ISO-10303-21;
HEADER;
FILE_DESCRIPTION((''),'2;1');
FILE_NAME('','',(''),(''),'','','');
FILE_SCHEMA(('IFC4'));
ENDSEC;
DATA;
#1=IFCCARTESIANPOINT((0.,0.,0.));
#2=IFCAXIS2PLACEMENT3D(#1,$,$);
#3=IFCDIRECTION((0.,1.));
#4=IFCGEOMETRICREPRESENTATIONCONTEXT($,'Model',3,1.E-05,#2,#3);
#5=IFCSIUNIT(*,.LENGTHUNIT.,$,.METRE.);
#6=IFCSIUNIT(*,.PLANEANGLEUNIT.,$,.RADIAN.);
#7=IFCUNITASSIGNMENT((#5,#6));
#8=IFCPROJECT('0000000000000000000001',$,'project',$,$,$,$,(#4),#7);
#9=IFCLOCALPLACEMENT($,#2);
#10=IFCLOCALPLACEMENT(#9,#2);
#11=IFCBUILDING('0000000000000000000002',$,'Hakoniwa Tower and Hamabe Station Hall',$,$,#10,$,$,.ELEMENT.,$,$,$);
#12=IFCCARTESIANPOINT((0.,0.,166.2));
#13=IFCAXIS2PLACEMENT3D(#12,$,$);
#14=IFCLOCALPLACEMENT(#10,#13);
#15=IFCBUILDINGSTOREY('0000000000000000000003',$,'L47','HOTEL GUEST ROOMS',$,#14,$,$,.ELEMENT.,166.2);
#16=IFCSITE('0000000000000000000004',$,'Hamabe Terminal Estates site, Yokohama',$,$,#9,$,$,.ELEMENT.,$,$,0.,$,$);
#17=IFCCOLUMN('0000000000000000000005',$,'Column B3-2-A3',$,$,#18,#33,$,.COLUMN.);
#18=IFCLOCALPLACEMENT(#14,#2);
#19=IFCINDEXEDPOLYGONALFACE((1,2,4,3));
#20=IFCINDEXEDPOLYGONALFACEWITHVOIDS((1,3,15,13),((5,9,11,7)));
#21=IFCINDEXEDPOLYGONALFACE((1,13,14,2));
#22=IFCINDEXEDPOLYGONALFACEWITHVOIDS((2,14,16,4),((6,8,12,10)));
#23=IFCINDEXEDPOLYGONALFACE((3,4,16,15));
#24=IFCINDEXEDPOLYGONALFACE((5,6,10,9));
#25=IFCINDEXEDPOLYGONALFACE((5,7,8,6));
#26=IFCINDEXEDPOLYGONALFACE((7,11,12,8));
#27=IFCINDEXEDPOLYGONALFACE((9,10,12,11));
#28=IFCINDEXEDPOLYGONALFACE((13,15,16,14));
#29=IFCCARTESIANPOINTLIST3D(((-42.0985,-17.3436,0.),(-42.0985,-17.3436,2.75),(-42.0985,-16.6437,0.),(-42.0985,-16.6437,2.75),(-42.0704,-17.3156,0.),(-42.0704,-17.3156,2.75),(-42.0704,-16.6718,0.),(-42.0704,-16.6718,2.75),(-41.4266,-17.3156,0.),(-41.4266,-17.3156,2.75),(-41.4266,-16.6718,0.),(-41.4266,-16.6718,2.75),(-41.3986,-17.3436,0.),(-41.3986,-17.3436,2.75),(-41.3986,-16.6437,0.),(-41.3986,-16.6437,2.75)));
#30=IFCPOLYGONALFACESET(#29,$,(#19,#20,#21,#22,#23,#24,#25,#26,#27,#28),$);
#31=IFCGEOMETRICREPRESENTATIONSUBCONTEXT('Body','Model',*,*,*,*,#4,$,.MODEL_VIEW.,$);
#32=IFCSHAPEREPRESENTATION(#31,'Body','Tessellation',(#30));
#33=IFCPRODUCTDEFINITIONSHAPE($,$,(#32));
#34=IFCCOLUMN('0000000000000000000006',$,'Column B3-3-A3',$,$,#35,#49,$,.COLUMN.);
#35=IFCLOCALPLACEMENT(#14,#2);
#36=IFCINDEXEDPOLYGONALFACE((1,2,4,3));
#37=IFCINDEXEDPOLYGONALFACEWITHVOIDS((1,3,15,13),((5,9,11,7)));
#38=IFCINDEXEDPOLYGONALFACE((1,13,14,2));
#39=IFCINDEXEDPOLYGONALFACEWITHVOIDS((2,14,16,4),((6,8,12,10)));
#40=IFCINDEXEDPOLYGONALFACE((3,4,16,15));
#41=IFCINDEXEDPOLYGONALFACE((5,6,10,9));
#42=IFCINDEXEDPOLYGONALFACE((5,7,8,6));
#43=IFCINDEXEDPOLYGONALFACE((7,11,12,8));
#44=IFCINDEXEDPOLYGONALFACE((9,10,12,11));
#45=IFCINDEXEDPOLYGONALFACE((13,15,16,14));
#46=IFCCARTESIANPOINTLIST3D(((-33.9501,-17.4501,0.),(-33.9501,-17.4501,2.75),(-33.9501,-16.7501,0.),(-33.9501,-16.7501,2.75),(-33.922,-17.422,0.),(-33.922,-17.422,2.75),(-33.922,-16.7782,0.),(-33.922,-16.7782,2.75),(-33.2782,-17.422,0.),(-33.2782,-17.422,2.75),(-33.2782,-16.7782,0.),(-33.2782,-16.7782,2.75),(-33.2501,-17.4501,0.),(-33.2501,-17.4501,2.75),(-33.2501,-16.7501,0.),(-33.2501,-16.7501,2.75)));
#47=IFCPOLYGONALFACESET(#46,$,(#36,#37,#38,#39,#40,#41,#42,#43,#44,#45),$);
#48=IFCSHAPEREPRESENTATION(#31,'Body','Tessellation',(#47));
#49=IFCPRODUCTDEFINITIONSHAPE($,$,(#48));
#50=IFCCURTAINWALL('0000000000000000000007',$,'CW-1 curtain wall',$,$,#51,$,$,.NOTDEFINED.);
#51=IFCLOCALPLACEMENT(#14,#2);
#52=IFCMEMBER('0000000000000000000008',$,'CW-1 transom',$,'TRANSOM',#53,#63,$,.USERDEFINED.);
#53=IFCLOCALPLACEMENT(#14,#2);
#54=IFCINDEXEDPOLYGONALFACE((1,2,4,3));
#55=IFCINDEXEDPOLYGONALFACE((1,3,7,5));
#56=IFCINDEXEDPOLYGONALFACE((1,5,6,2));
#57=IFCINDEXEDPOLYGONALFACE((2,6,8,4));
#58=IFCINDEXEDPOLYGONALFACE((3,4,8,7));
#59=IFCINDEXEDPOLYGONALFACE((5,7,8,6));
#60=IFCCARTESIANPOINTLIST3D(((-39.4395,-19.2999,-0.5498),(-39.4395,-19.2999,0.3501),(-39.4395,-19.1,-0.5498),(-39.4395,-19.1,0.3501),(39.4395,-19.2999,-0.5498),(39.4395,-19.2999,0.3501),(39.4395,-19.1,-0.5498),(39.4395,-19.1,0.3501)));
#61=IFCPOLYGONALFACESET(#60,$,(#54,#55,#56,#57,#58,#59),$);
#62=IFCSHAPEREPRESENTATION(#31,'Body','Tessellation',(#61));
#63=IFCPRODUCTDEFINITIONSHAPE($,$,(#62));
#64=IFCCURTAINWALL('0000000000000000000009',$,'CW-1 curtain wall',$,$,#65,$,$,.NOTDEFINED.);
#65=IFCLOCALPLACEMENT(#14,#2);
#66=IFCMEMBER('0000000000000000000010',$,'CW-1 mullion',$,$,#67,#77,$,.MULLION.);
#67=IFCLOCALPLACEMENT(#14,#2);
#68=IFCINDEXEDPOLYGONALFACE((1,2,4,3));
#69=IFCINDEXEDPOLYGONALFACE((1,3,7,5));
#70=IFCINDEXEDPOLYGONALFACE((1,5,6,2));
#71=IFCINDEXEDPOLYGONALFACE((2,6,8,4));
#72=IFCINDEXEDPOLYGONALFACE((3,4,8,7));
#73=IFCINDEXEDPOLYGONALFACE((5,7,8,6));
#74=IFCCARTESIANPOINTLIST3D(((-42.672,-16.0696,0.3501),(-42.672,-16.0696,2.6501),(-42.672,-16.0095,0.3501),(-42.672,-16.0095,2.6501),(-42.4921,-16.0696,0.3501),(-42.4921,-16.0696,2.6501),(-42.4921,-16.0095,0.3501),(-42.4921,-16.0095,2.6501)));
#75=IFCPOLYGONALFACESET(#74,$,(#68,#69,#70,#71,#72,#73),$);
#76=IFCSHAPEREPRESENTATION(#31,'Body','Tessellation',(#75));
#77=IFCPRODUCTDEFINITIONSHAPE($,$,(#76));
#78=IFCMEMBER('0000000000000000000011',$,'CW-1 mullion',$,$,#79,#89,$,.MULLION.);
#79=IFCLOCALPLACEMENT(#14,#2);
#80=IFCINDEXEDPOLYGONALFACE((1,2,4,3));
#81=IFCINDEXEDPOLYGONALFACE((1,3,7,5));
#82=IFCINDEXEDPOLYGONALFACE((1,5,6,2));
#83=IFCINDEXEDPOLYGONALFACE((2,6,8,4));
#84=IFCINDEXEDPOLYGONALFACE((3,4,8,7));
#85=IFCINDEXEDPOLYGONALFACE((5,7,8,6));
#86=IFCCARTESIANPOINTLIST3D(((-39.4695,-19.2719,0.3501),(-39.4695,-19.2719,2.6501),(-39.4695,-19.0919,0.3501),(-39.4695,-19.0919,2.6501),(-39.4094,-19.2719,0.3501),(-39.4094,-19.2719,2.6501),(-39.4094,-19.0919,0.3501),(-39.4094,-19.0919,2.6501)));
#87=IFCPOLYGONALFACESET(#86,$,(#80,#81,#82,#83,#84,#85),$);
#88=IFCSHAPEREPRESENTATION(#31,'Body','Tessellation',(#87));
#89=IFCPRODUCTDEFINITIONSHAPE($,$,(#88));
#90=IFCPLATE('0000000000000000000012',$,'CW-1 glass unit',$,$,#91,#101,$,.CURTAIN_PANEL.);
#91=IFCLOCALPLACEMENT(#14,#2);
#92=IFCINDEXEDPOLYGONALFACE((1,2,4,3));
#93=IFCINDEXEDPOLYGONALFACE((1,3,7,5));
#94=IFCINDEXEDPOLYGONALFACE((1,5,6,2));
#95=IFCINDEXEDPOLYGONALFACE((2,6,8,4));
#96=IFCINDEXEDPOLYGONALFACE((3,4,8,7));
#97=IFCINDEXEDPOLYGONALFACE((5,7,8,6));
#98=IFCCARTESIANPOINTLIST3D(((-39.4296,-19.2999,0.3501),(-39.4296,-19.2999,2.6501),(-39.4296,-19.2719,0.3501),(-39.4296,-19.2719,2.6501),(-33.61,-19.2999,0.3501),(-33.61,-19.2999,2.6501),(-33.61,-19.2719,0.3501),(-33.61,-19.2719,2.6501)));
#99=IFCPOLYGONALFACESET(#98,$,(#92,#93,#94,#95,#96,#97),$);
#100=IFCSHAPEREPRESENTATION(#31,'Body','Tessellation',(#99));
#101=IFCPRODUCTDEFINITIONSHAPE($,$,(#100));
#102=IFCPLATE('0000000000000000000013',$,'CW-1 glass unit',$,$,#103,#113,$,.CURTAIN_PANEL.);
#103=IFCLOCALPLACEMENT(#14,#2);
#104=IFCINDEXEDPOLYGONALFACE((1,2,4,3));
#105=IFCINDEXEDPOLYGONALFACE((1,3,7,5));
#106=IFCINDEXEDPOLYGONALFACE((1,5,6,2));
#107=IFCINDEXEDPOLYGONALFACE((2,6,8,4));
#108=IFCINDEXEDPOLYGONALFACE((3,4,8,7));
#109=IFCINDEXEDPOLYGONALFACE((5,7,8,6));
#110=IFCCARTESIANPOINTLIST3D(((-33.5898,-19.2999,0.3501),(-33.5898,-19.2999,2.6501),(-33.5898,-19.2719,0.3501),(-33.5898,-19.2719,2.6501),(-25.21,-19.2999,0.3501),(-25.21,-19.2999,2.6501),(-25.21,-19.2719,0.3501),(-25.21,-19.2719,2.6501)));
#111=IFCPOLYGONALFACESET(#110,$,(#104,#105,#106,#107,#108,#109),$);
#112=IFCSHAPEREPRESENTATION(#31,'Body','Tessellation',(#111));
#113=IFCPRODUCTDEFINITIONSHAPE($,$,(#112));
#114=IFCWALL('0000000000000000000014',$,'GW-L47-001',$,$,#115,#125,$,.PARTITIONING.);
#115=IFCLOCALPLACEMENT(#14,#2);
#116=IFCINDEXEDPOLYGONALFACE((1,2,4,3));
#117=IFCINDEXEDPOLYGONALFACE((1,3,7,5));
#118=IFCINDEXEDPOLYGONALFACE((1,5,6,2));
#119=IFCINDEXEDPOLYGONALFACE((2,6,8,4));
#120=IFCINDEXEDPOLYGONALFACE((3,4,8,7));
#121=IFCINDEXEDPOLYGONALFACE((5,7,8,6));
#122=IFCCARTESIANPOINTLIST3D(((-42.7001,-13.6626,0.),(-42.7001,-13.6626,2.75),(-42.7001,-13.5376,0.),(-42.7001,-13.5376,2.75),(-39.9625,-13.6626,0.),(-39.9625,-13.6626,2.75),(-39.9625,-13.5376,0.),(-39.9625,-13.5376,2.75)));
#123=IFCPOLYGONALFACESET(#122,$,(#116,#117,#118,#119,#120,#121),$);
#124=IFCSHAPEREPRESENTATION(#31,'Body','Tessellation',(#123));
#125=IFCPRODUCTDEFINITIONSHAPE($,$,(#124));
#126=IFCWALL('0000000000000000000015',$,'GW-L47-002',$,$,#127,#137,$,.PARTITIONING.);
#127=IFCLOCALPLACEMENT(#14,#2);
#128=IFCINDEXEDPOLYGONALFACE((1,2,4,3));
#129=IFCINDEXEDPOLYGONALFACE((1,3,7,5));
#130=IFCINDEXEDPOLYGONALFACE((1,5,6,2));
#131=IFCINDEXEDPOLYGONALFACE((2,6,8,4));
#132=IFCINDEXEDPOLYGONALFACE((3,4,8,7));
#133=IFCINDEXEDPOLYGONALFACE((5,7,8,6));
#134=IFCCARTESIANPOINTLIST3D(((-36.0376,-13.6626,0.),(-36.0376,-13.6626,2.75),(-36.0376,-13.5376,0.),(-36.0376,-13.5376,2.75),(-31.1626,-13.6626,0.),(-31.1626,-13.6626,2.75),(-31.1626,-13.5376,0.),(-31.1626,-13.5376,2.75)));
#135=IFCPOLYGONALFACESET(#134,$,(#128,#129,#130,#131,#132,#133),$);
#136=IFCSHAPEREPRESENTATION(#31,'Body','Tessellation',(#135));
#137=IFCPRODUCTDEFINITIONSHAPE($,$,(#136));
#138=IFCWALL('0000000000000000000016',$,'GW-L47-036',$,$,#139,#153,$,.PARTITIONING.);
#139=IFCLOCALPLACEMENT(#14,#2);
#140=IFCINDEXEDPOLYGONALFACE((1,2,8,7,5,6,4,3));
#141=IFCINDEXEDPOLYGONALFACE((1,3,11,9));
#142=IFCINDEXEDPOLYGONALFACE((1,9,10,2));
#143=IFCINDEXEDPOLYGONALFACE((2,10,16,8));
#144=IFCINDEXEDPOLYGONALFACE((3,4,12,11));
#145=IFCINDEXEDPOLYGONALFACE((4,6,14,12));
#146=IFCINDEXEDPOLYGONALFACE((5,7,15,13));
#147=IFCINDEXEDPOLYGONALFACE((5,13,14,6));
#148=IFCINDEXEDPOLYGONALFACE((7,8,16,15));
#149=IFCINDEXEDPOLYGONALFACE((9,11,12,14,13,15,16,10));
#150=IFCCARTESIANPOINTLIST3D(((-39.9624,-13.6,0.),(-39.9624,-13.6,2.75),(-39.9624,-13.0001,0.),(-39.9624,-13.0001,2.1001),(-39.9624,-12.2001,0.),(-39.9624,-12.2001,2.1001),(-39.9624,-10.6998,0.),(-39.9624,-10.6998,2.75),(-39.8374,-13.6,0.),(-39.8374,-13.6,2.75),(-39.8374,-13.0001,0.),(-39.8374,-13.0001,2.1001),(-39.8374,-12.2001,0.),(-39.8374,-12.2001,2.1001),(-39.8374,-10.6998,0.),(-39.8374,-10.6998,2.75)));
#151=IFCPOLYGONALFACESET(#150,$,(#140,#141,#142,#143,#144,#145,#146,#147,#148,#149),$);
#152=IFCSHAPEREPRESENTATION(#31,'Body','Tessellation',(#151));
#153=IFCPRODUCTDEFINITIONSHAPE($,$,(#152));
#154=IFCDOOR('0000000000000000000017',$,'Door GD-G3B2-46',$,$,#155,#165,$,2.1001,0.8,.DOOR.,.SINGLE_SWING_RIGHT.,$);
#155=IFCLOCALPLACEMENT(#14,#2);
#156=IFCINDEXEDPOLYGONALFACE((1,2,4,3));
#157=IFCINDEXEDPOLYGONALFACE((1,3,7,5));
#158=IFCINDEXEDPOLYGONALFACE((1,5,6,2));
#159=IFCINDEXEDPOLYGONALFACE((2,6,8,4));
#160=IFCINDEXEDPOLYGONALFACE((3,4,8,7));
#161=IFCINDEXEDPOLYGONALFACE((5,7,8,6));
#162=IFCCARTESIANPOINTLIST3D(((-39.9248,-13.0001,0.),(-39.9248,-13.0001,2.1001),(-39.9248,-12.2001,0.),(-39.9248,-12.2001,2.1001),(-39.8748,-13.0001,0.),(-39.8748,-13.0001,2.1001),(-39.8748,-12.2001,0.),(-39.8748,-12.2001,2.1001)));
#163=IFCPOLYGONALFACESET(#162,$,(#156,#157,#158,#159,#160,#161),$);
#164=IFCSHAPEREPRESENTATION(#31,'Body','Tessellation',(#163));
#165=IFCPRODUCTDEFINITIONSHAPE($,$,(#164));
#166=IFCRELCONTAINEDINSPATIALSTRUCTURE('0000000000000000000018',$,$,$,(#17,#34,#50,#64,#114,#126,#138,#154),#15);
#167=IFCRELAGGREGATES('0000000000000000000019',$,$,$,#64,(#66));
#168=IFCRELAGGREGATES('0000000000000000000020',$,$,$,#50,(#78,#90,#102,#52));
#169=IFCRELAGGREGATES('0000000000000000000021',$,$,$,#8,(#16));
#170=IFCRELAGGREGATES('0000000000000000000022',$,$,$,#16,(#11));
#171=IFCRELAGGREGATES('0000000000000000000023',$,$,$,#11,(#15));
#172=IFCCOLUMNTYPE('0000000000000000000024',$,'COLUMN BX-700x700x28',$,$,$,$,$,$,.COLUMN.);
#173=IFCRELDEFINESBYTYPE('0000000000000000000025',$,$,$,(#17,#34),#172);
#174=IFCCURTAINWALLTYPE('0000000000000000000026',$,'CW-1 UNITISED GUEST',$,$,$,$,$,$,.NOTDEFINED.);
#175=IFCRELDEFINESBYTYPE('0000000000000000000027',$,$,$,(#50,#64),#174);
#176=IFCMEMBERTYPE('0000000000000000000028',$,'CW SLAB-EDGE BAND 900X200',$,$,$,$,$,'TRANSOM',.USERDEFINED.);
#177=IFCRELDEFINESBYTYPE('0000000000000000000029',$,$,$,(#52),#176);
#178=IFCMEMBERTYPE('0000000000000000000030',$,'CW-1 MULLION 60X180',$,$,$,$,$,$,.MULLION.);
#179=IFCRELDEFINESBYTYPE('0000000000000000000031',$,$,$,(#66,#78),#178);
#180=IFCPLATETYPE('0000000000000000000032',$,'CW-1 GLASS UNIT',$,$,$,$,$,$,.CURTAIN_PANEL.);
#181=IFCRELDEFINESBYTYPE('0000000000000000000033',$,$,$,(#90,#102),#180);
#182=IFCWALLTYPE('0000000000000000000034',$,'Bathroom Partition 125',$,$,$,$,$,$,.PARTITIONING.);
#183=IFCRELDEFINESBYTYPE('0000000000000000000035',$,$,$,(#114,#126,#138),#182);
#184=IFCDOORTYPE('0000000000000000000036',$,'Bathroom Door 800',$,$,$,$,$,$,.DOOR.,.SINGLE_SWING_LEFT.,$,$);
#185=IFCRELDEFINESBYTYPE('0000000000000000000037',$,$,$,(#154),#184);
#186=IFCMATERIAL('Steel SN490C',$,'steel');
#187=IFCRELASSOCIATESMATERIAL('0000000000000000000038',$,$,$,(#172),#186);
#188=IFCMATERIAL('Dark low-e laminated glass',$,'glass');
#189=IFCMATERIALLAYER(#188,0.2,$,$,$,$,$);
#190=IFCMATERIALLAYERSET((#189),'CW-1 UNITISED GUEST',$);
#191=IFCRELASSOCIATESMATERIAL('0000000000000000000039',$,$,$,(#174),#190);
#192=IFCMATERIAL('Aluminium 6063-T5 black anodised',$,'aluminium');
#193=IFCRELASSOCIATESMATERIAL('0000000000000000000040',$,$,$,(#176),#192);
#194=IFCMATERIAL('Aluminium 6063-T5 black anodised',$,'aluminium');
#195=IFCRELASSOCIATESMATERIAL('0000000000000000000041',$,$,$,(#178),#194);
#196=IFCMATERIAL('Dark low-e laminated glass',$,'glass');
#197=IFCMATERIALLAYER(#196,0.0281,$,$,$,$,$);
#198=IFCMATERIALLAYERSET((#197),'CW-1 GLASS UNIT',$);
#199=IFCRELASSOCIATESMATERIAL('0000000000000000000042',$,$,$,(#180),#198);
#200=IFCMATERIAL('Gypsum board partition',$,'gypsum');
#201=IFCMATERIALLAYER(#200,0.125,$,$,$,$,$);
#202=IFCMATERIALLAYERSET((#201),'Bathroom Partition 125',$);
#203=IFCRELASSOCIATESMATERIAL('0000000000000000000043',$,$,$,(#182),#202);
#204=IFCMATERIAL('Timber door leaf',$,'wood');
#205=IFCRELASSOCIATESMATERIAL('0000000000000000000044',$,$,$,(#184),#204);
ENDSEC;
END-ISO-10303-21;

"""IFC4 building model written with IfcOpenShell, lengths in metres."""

from ifc_helpers import new_model, si_unit, direction, frame, frame_2d, origin, origin_2d, place, context, subcontext, project, spatial, rectangle, hollow_rectangle, extrude, material, layer, layer_set, material_profile, profile_set, type_object, element, fill, aggregate, save


model = new_model("IFC4")

# Units and contexts
model_context = context("Model", 3, precision=1e-05, world=origin(), true_north=direction((0.0, 1.0)))
body_context = subcontext(model_context, "Body", "Model", "MODEL_VIEW")
ifc_project = project(units=[si_unit("LENGTHUNIT", "METRE"), si_unit("PLANEANGLEUNIT", "RADIAN")], contexts=[model_context])

# Site, building, storey
site_placement = place(None, origin())
site = spatial("IfcSite", under=ifc_project, at=site_placement, Name="Hamabe Terminal Estates site, Yokohama", CompositionType="ELEMENT", RefElevation=0.0)
building_placement = place(site_placement, origin())
building = spatial("IfcBuilding", under=site, at=building_placement, Name="Hakoniwa Tower and Hamabe Station Hall", CompositionType="ELEMENT")
storey_placement = place(building_placement, frame((0.0, 0.0, 166.2)))
storey = spatial("IfcBuildingStorey", under=building, at=storey_placement, Name="L47", Description="HOTEL GUEST ROOMS", CompositionType="ELEMENT", Elevation=166.2)

# Columns
ifc_material_1 = material(Name="Steel SN490C", Category="steel")
ifc_material_profile_1 = material_profile(ifc_material_1, hollow_rectangle(XDim=0.7, YDim=0.7, WallThickness=0.0281, at=origin_2d()), Name="BX-700x700x28")
ifc_profile_set_1 = profile_set([ifc_material_profile_1], Name="Steel SN490C")
column_type = type_object("IfcColumnType", Name="COLUMN BX-700x700x28", PredefinedType="COLUMN", material=ifc_profile_set_1)
for number, where, z_axis, x_axis, name in (
    (1, (-41.7485, -16.9937, 0.0), (0.0, 0.0, 1.0), (1.0, 0.0, 0.0), "Column B3-2-A3"),
    (2, (-33.6001, -17.1001, 0.0), (0.0, 0.0, 1.0), (1.0, 0.0, 0.0), "Column B3-3-A3"),
):
    element("IfcColumn", number, at=place(storey_placement, frame(where, z_axis=z_axis, x_axis=x_axis)), inside=storey, type_object=column_type, Name=name, PredefinedType="COLUMN", context=body_context, shape_type="SweptSolid", body=[
        extrude(hollow_rectangle(XDim=0.7, YDim=0.7, WallThickness=0.0281, at=origin_2d()), origin(), (0.0, 0.0, 1.0), 2.75),
    ])

# Curtain walls, members
ifc_material_2 = material(Name="Dark low-e laminated glass", Category="glass")
ifc_layer_1 = layer(ifc_material_2, 0.2)
ifc_layer_set_1 = layer_set([ifc_layer_1], Name="CW-1 UNITISED GUEST")
curtain_wall_type = type_object("IfcCurtainWallType", Name="CW-1 UNITISED GUEST", PredefinedType="NOTDEFINED", material=ifc_layer_set_1)
curtain_wall_1_placement = place(storey_placement, origin())
curtain_wall_1 = element("IfcCurtainWall", 3, at=curtain_wall_1_placement, inside=storey, type_object=curtain_wall_type, Name="CW-1 curtain wall", PredefinedType="NOTDEFINED")
ifc_material_3 = material(Name="Aluminium 6063-T5 black anodised", Category="aluminium")
ifc_material_profile_2 = material_profile(ifc_material_3, rectangle(XDim=0.2, YDim=0.8999, at=origin_2d()), Name="CW SLAB-EDGE BAND 900X200")
ifc_profile_set_2 = profile_set([ifc_material_profile_2], Name="Aluminium 6063-T5 black anodised")
member_type_1 = type_object("IfcMemberType", Name="CW SLAB-EDGE BAND 900X200", ElementType="TRANSOM", PredefinedType="USERDEFINED", material=ifc_profile_set_2)
member_1_placement = place(storey_placement, frame((-39.4395, -19.2, -0.0999), z_axis=(1.0, 0.0, 0.0), x_axis=(0.0, 1.0, 0.0)))
member_1 = element("IfcMember", 4, at=member_1_placement, type_object=member_type_1, Name="CW-1 transom", ObjectType="TRANSOM", PredefinedType="USERDEFINED", context=body_context, shape_type="SweptSolid", body=[
    extrude(rectangle(XDim=0.2, YDim=0.8999, at=origin_2d()), origin(), (0.0, 0.0, 1.0), 78.8789),
])
curtain_wall_2_placement = place(storey_placement, origin())
curtain_wall_2 = element("IfcCurtainWall", 5, at=curtain_wall_2_placement, inside=storey, type_object=curtain_wall_type, Name="CW-1 curtain wall", PredefinedType="NOTDEFINED")
ifc_material_4 = material(Name="Aluminium 6063-T5 black anodised", Category="aluminium")
ifc_material_profile_3 = material_profile(ifc_material_4, rectangle(XDim=0.0601, YDim=0.1799, at=origin_2d()), Name="CW-1 MULLION 60X180")
ifc_profile_set_3 = profile_set([ifc_material_profile_3], Name="Aluminium 6063-T5 black anodised")
member_type_2 = type_object("IfcMemberType", Name="CW-1 MULLION 60X180", PredefinedType="MULLION", material=ifc_profile_set_3)
member_2_placement = place(storey_placement, frame((-42.582, -16.0396, 0.3501), z_axis=(0.0, 0.0, 1.0), x_axis=(0.0, -1.0, 0.0)))
member_2 = element("IfcMember", 6, at=member_2_placement, type_object=member_type_2, Name="CW-1 mullion", PredefinedType="MULLION", context=body_context, shape_type="SweptSolid", body=[
    extrude(rectangle(XDim=0.0601, YDim=0.1799, at=origin_2d()), origin(), (0.0, 0.0, 1.0), 2.3),
])
aggregate(curtain_wall_2, [member_2])

# Member
member_3_placement = place(storey_placement, frame((-39.4395, -19.1819, 0.3501), z_axis=(0.0, 0.0, 1.0), x_axis=(1.0, 0.0, 0.0)))
member_3 = element("IfcMember", 7, at=member_3_placement, type_object=member_type_2, Name="CW-1 mullion", PredefinedType="MULLION", context=body_context, shape_type="SweptSolid", body=[
    extrude(rectangle(XDim=0.0601, YDim=0.1799, at=origin_2d()), origin(), (0.0, 0.0, 1.0), 2.3),
])

# Plates
ifc_material_5 = material(Name="Dark low-e laminated glass", Category="glass")
ifc_layer_2 = layer(ifc_material_5, 0.0281)
ifc_layer_set_2 = layer_set([ifc_layer_2], Name="CW-1 GLASS UNIT")
plate_type = type_object("IfcPlateType", Name="CW-1 GLASS UNIT", PredefinedType="CURTAIN_PANEL", material=ifc_layer_set_2)
plate_1_placement = place(storey_placement, frame((-36.5198, -19.2859, 0.3501), z_axis=(0.0, 0.0, 1.0), x_axis=(1.0, 0.0, 0.0)))
plate_1 = element("IfcPlate", 8, at=plate_1_placement, type_object=plate_type, Name="CW-1 glass unit", PredefinedType="CURTAIN_PANEL", context=body_context, shape_type="SweptSolid", body=[
    extrude(rectangle(XDim=5.8196, YDim=0.0281, at=origin_2d()), origin(), (0.0, 0.0, 1.0), 2.3),
])
plate_2_placement = place(storey_placement, frame((-29.3999, -19.2859, 0.3501), z_axis=(0.0, 0.0, 1.0), x_axis=(1.0, 0.0, 0.0)))
plate_2 = element("IfcPlate", 9, at=plate_2_placement, type_object=plate_type, Name="CW-1 glass unit", PredefinedType="CURTAIN_PANEL", context=body_context, shape_type="SweptSolid", body=[
    extrude(rectangle(XDim=8.3799, YDim=0.0281, at=origin_2d()), origin(), (0.0, 0.0, 1.0), 2.3),
])
aggregate(curtain_wall_1, [member_3, plate_1, plate_2, member_1])

# Walls
ifc_material_6 = material(Name="Gypsum board partition", Category="gypsum")
ifc_layer_3 = layer(ifc_material_6, 0.125)
ifc_layer_set_3 = layer_set([ifc_layer_3], Name="Bathroom Partition 125")
wall_type_1 = type_object("IfcWallType", Name="Bathroom Partition 125", PredefinedType="PARTITIONING", material=ifc_layer_set_3)
wall_1_placement = place(storey_placement, frame((-42.7, -13.6001, 0.0), z_axis=(0.0, 0.0, 1.0), x_axis=(1.0, 0.0, 0.0)))
element("IfcWall", 10, at=wall_1_placement, inside=storey, type_object=wall_type_1, Name="GW-L47-001", PredefinedType="PARTITIONING", context=body_context, shape_type="SweptSolid", body=[
    extrude(rectangle(XDim=2.7375, YDim=0.125, at=frame_2d((1.3687, 0.0))), origin(), (0.0, 0.0, 1.0), 2.75),
])
wall_2_placement = place(storey_placement, frame((-36.0376, -13.6001, 0.0), z_axis=(0.0, 0.0, 1.0), x_axis=(1.0, 0.0, 0.0)))
element("IfcWall", 11, at=wall_2_placement, inside=storey, type_object=wall_type_1, Name="GW-L47-002", PredefinedType="PARTITIONING", context=body_context, shape_type="SweptSolid", body=[
    extrude(rectangle(XDim=4.875, YDim=0.125, at=frame_2d((2.4375, 0.0))), origin(), (0.0, 0.0, 1.0), 2.75),
])

# Wall, opening, door
wall_3_placement = place(storey_placement, frame((-39.8999, -13.6001, 0.0), z_axis=(0.0, 0.0, 1.0), x_axis=(0.0, 1.0, 0.0)))
wall_3 = element("IfcWall", 12, at=wall_3_placement, inside=storey, type_object=wall_type_1, Name="GW-L47-036", PredefinedType="PARTITIONING", context=body_context, shape_type="SweptSolid", body=[
    extrude(rectangle(XDim=2.9001, YDim=0.125, at=frame_2d((1.4502, 0.0))), origin(), (0.0, 0.0, 1.0), 2.75),
])
opening_1_placement = place(wall_3_placement, frame((0.6001, 0.0, 0.0)))
opening_1 = element("IfcOpeningElement", 13, at=opening_1_placement, cuts=wall_3, PredefinedType="OPENING", context=body_context, shape_type="SweptSolid", body=[
    extrude(rectangle(XDim=0.8, YDim=2.1001, at=frame_2d((0.3999, 1.05))), frame((0.0, 0.0725, 0.0), z_axis=(0.0, -1.0, 0.0), x_axis=(1.0, 0.0, 0.0)), (0.0, 0.0, 1.0), 0.145),
])
ifc_material_7 = material(Name="Timber door leaf", Category="wood")
door_type = type_object("IfcDoorType", Name="Bathroom Door 800", OperationType="SINGLE_SWING_LEFT", PredefinedType="DOOR", material=ifc_material_7)
door_1_placement = place(opening_1_placement, origin())
door_1 = element("IfcDoor", 14, at=door_1_placement, inside=storey, type_object=door_type, Name="Door GD-G3B2-46", OperationType="SINGLE_SWING_RIGHT", OverallHeight=2.1001, OverallWidth=0.8, PredefinedType="DOOR", context=body_context, shape_type="SweptSolid", body=[
    extrude(rectangle(XDim=0.8, YDim=2.1001, at=frame_2d((0.3999, 1.05))), frame((0.0, 0.0249, 0.0), z_axis=(0.0, -1.0, 0.0), x_axis=(1.0, 0.0, 0.0)), (0.0, 0.0, 1.0), 0.05),
])
fill(opening_1, door_1)

save(model, "model.ifc")
